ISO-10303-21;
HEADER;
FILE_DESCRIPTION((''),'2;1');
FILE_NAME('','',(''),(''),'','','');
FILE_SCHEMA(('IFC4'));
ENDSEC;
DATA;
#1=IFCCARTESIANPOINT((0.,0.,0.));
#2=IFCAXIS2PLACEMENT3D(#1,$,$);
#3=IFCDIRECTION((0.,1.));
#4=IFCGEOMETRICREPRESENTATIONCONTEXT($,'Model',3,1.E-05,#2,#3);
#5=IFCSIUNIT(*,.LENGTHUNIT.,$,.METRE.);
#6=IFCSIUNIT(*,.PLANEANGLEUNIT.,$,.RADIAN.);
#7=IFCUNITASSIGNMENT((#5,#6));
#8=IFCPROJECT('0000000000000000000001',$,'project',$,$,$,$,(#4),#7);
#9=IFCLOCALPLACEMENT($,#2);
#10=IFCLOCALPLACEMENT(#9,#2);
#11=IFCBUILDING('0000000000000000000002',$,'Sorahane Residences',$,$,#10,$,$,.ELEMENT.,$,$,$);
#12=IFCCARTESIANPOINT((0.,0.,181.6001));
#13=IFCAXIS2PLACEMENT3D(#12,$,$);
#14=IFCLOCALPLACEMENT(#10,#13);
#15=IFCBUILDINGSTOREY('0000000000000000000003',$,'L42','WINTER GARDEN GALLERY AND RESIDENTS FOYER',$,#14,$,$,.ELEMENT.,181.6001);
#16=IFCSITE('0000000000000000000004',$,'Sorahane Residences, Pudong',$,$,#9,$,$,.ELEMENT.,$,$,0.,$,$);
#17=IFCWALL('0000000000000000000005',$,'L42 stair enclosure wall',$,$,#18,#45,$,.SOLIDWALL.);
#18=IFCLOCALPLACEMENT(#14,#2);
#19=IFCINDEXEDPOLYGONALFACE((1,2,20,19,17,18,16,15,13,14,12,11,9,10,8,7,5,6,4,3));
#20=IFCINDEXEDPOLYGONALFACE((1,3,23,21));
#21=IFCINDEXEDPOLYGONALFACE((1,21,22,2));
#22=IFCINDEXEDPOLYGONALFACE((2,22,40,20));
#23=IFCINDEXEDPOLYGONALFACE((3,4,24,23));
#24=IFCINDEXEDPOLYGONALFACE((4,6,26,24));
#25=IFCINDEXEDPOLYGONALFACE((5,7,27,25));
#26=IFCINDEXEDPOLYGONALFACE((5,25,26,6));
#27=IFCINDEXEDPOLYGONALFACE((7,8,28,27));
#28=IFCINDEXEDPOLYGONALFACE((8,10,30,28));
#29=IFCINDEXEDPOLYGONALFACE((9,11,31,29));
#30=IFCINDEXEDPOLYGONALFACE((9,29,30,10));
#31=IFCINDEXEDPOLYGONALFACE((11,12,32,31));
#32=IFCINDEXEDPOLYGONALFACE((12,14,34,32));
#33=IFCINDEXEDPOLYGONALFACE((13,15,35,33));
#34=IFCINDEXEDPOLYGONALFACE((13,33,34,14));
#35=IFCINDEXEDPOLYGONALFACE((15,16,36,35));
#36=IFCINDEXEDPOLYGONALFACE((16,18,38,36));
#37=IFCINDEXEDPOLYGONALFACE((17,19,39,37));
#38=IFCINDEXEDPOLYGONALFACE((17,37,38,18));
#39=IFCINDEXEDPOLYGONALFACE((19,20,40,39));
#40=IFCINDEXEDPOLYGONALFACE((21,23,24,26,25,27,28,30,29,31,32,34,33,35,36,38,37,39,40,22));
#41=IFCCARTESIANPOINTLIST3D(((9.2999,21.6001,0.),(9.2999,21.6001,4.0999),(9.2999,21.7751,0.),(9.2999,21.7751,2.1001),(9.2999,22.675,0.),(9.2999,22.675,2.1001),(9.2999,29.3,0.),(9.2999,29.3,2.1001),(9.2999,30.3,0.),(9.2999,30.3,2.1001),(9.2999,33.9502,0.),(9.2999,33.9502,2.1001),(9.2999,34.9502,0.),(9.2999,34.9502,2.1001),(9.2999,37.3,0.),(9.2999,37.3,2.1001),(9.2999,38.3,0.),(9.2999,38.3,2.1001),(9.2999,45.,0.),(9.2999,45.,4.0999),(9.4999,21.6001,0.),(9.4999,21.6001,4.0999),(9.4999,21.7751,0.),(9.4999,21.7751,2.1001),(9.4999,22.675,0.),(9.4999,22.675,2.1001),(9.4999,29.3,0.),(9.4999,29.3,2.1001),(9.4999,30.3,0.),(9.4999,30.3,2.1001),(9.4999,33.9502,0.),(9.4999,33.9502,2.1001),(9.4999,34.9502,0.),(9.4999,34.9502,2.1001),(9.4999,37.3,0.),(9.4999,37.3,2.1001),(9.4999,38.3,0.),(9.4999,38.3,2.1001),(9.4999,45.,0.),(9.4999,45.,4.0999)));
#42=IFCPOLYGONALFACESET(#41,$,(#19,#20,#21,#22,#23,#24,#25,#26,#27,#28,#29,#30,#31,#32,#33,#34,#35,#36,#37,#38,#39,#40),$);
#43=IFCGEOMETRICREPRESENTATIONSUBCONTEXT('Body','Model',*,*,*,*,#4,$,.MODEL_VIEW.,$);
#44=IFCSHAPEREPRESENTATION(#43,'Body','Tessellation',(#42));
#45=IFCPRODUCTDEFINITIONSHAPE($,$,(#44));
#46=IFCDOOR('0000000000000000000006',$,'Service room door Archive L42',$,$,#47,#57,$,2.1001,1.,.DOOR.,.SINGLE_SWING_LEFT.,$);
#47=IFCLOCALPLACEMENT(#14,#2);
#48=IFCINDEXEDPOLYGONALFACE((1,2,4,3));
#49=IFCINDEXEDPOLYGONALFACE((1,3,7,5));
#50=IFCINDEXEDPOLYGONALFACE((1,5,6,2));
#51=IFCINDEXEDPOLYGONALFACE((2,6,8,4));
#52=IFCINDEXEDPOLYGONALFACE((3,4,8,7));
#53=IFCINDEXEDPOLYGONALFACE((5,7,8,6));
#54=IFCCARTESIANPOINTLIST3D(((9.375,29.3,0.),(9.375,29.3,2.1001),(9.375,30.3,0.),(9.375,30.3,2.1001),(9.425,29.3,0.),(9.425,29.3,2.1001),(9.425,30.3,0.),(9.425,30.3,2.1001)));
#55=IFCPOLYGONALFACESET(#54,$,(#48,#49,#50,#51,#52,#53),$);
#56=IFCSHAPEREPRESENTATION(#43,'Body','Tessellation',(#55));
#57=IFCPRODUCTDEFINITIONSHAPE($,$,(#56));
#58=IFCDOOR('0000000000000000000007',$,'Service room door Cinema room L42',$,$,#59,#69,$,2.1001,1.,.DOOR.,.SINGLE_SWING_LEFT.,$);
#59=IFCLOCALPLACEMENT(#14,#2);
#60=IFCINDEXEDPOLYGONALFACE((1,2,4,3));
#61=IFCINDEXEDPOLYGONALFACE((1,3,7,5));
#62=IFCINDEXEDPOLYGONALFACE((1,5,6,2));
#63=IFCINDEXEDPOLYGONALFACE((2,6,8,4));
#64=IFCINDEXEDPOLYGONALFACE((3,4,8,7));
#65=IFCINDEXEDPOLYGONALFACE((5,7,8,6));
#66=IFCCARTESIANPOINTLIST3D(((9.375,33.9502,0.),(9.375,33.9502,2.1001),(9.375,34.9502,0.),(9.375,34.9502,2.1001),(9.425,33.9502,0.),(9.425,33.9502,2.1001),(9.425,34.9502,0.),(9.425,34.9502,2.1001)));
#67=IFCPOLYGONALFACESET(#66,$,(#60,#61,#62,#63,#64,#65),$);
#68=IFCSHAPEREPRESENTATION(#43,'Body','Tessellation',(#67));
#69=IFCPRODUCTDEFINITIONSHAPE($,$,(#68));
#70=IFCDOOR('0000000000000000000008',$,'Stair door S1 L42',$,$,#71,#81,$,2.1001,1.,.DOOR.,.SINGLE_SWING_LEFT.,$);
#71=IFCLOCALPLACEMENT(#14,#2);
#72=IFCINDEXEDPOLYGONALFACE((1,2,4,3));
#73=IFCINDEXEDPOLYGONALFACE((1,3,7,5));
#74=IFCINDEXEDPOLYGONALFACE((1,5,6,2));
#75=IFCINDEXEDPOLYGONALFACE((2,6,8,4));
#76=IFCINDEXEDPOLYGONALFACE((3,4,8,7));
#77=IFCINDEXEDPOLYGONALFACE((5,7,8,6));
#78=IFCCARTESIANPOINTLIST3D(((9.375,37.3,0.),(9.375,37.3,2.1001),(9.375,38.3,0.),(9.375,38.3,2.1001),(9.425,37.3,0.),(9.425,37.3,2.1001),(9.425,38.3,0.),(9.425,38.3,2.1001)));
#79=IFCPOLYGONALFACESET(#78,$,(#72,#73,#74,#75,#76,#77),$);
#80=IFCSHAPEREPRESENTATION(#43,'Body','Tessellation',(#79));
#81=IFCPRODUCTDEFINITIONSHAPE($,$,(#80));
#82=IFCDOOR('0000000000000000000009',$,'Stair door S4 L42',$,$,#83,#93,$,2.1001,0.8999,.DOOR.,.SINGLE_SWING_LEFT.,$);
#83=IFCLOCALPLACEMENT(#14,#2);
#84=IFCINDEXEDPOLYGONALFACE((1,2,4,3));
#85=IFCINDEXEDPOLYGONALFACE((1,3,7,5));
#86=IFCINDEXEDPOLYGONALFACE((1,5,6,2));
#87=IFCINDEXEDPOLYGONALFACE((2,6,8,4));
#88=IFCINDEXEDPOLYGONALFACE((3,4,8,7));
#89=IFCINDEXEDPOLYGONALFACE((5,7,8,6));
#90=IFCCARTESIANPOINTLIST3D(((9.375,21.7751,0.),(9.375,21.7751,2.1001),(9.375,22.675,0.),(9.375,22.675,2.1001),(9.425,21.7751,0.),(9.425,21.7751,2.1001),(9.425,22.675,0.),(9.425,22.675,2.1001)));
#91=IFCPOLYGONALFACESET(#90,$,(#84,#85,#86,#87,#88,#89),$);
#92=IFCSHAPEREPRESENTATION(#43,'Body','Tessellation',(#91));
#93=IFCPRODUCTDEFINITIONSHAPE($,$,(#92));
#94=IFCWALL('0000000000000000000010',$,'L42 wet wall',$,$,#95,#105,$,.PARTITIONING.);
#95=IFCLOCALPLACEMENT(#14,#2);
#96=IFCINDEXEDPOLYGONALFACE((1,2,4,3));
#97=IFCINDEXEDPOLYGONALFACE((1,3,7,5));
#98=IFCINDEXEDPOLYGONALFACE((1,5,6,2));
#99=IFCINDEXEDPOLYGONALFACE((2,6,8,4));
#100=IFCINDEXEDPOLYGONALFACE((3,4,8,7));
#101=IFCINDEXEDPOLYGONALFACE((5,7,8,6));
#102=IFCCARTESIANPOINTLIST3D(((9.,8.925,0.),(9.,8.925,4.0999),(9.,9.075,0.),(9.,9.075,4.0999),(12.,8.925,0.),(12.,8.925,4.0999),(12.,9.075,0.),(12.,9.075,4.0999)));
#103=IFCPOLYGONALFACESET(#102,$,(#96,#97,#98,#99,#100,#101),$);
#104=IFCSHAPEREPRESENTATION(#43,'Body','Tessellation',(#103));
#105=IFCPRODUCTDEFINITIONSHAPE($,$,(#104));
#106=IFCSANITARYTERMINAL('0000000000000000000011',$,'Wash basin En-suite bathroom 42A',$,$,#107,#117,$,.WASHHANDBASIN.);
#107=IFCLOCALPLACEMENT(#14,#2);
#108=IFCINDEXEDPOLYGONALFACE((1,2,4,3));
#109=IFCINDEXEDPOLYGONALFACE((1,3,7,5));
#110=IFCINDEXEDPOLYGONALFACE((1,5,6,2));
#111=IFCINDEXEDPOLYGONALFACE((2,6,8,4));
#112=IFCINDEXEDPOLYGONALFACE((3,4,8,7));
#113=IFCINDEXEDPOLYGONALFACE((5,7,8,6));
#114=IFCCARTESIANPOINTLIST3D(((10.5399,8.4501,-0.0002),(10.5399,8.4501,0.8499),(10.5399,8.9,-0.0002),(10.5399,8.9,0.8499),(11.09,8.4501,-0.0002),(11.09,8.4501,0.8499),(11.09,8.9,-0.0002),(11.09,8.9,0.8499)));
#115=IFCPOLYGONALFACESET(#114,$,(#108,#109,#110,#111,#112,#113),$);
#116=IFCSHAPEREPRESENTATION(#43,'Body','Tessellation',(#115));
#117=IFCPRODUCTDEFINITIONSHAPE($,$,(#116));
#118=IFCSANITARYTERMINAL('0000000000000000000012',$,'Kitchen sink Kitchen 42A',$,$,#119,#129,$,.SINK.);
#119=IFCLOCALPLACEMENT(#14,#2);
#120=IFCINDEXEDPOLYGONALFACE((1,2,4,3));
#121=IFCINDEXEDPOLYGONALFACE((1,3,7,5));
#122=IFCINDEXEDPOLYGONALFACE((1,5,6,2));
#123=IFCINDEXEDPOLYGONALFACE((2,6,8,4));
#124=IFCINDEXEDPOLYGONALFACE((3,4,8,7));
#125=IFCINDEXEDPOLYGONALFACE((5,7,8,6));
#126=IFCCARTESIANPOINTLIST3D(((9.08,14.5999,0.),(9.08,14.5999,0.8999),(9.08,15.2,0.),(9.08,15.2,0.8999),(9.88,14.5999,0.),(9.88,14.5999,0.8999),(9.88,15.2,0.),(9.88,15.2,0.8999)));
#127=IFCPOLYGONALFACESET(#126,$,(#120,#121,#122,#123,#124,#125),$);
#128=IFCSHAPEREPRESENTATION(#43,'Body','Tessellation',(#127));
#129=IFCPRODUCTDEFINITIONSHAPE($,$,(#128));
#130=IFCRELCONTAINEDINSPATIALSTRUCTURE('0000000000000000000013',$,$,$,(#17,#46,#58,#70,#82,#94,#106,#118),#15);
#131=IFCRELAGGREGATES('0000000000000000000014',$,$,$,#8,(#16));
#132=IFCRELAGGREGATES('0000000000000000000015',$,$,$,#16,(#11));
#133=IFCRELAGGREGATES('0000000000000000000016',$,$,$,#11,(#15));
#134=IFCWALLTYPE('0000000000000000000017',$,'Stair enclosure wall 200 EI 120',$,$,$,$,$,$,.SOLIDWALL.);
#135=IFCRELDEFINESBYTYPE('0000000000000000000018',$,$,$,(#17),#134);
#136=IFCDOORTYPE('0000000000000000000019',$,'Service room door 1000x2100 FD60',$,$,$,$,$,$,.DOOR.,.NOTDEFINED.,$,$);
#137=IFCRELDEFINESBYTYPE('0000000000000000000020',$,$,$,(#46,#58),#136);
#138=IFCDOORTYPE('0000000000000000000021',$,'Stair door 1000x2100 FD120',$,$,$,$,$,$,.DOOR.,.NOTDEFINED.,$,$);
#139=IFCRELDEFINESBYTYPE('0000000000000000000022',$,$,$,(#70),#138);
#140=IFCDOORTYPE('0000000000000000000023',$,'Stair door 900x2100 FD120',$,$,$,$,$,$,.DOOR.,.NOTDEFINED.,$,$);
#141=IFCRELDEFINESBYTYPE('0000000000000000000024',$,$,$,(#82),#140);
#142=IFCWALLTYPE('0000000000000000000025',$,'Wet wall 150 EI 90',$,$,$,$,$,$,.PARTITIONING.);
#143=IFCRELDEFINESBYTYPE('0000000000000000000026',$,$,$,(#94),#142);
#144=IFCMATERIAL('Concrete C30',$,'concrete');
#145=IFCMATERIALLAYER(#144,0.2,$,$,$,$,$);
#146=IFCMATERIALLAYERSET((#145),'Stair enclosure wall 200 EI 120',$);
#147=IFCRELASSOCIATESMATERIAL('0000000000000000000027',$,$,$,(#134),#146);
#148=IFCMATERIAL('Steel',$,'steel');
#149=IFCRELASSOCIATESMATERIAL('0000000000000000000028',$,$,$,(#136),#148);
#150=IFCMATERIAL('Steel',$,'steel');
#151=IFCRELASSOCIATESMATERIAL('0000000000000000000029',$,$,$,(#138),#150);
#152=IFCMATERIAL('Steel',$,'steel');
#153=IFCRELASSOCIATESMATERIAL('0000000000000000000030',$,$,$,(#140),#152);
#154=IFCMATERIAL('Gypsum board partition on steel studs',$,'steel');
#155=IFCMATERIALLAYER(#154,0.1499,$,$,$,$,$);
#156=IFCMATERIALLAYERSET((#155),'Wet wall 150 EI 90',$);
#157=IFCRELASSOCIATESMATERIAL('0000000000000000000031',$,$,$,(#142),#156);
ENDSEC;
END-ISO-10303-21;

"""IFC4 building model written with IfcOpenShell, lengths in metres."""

from ifc_helpers import new_model, si_unit, direction, frame, frame_2d, origin, origin_2d, place, context, subcontext, project, spatial, rectangle, extrude, material, layer, layer_set, type_object, element, fill, save


model = new_model("IFC4")

# Units and contexts
model_context = context("Model", 3, precision=1e-05, world=origin(), true_north=direction((0.0, 1.0)))
body_context = subcontext(model_context, "Body", "Model", "MODEL_VIEW")
ifc_project = project(units=[si_unit("LENGTHUNIT", "METRE"), si_unit("PLANEANGLEUNIT", "RADIAN")], contexts=[model_context])

# Site, building, storey
site_placement = place(None, origin())
site = spatial("IfcSite", under=ifc_project, at=site_placement, Name="Sorahane Residences, Pudong", CompositionType="ELEMENT", RefElevation=0.0)
building_placement = place(site_placement, origin())
building = spatial("IfcBuilding", under=site, at=building_placement, Name="Sorahane Residences", CompositionType="ELEMENT")
storey_placement = place(building_placement, frame((0.0, 0.0, 181.6001)))
storey = spatial("IfcBuildingStorey", under=building, at=storey_placement, Name="L42", Description="WINTER GARDEN GALLERY AND RESIDENTS FOYER", CompositionType="ELEMENT", Elevation=181.6001)

# Wall, openings, doors
ifc_material_1 = material(Name="Concrete C30", Category="concrete")
ifc_layer_1 = layer(ifc_material_1, 0.2)
ifc_layer_set_1 = layer_set([ifc_layer_1], Name="Stair enclosure wall 200 EI 120")
wall_type_1 = type_object("IfcWallType", Name="Stair enclosure wall 200 EI 120", PredefinedType="SOLIDWALL", material=ifc_layer_set_1)
wall_1_placement = place(storey_placement, frame((9.3999, 21.6001, 0.0), z_axis=(0.0, 0.0, 1.0), x_axis=(0.0, 1.0, 0.0)))
wall_1 = element("IfcWall", 1, at=wall_1_placement, inside=storey, type_object=wall_type_1, Name="L42 stair enclosure wall", PredefinedType="SOLIDWALL", context=body_context, shape_type="SweptSolid", body=[
    extrude(rectangle(XDim=23.3999, YDim=0.2, at=frame_2d((11.7, 0.0))), origin(), (0.0, 0.0, 1.0), 4.0999),
])
opening_1_placement = place(wall_1_placement, frame((7.7, 0.0, 0.0)))
opening_1 = element("IfcOpeningElement", 2, at=opening_1_placement, cuts=wall_1, PredefinedType="OPENING", context=body_context, shape_type="SweptSolid", body=[
    extrude(rectangle(XDim=1.0, YDim=2.1001, at=frame_2d((0.5, 1.05))), frame((0.0, 0.1099, 0.0), z_axis=(0.0, -1.0, 0.0), x_axis=(1.0, 0.0, 0.0)), (0.0, 0.0, 1.0), 0.22),
])
opening_2_placement = place(wall_1_placement, frame((12.3501, 0.0, 0.0)))
opening_2 = element("IfcOpeningElement", 3, at=opening_2_placement, cuts=wall_1, PredefinedType="OPENING", context=body_context, shape_type="SweptSolid", body=[
    extrude(rectangle(XDim=1.0, YDim=2.1001, at=frame_2d((0.5, 1.05))), frame((0.0, 0.1099, 0.0), z_axis=(0.0, -1.0, 0.0), x_axis=(1.0, 0.0, 0.0)), (0.0, 0.0, 1.0), 0.22),
])
opening_3_placement = place(wall_1_placement, frame((15.7, 0.0, 0.0)))
opening_3 = element("IfcOpeningElement", 4, at=opening_3_placement, cuts=wall_1, PredefinedType="OPENING", context=body_context, shape_type="SweptSolid", body=[
    extrude(rectangle(XDim=1.0, YDim=2.1001, at=frame_2d((0.5, 1.05))), frame((0.0, 0.1099, 0.0), z_axis=(0.0, -1.0, 0.0), x_axis=(1.0, 0.0, 0.0)), (0.0, 0.0, 1.0), 0.22),
])
opening_4_placement = place(wall_1_placement, frame((0.175, 0.0, 0.0)))
opening_4 = element("IfcOpeningElement", 5, at=opening_4_placement, cuts=wall_1, PredefinedType="OPENING", context=body_context, shape_type="SweptSolid", body=[
    extrude(rectangle(XDim=0.8999, YDim=2.1001, at=frame_2d((0.45, 1.05))), frame((0.0, 0.1099, 0.0), z_axis=(0.0, -1.0, 0.0), x_axis=(1.0, 0.0, 0.0)), (0.0, 0.0, 1.0), 0.22),
])
ifc_material_2 = material(Name="Steel", Category="steel")
door_type_1 = type_object("IfcDoorType", Name="Service room door 1000x2100 FD60", OperationType="NOTDEFINED", PredefinedType="DOOR", material=ifc_material_2)
door_1_placement = place(opening_1_placement, origin())
door_1 = element("IfcDoor", 6, at=door_1_placement, inside=storey, type_object=door_type_1, Name="Service room door Archive L42", OperationType="SINGLE_SWING_LEFT", OverallHeight=2.1001, OverallWidth=1.0, PredefinedType="DOOR", context=body_context, shape_type="SweptSolid", body=[
    extrude(rectangle(XDim=1.0, YDim=2.1001, at=frame_2d((0.5, 1.05))), frame((0.0, 0.0249, 0.0), z_axis=(0.0, -1.0, 0.0), x_axis=(1.0, 0.0, 0.0)), (0.0, 0.0, 1.0), 0.05),
])
fill(opening_1, door_1)
door_2_placement = place(opening_2_placement, origin())
door_2 = element("IfcDoor", 7, at=door_2_placement, inside=storey, type_object=door_type_1, Name="Service room door Cinema room L42", OperationType="SINGLE_SWING_LEFT", OverallHeight=2.1001, OverallWidth=1.0, PredefinedType="DOOR", context=body_context, shape_type="SweptSolid", body=[
    extrude(rectangle(XDim=1.0, YDim=2.1001, at=frame_2d((0.5, 1.05))), frame((0.0, 0.0249, 0.0), z_axis=(0.0, -1.0, 0.0), x_axis=(1.0, 0.0, 0.0)), (0.0, 0.0, 1.0), 0.05),
])
fill(opening_2, door_2)
ifc_material_3 = material(Name="Steel", Category="steel")
door_type_2 = type_object("IfcDoorType", Name="Stair door 1000x2100 FD120", OperationType="NOTDEFINED", PredefinedType="DOOR", material=ifc_material_3)
door_3_placement = place(opening_3_placement, origin())
door_3 = element("IfcDoor", 8, at=door_3_placement, inside=storey, type_object=door_type_2, Name="Stair door S1 L42", OperationType="SINGLE_SWING_LEFT", OverallHeight=2.1001, OverallWidth=1.0, PredefinedType="DOOR", context=body_context, shape_type="SweptSolid", body=[
    extrude(rectangle(XDim=1.0, YDim=2.1001, at=frame_2d((0.5, 1.05))), frame((0.0, 0.0249, 0.0), z_axis=(0.0, -1.0, 0.0), x_axis=(1.0, 0.0, 0.0)), (0.0, 0.0, 1.0), 0.05),
])
fill(opening_3, door_3)
ifc_material_4 = material(Name="Steel", Category="steel")
door_type_3 = type_object("IfcDoorType", Name="Stair door 900x2100 FD120", OperationType="NOTDEFINED", PredefinedType="DOOR", material=ifc_material_4)
door_4_placement = place(opening_4_placement, origin())
door_4 = element("IfcDoor", 9, at=door_4_placement, inside=storey, type_object=door_type_3, Name="Stair door S4 L42", OperationType="SINGLE_SWING_LEFT", OverallHeight=2.1001, OverallWidth=0.8999, PredefinedType="DOOR", context=body_context, shape_type="SweptSolid", body=[
    extrude(rectangle(XDim=0.8999, YDim=2.1001, at=frame_2d((0.45, 1.05))), frame((0.0, 0.0249, 0.0), z_axis=(0.0, -1.0, 0.0), x_axis=(1.0, 0.0, 0.0)), (0.0, 0.0, 1.0), 0.05),
])
fill(opening_4, door_4)

# Wall
ifc_material_5 = material(Name="Gypsum board partition on steel studs", Category="steel")
ifc_layer_2 = layer(ifc_material_5, 0.1499)
ifc_layer_set_2 = layer_set([ifc_layer_2], Name="Wet wall 150 EI 90")
wall_type_2 = type_object("IfcWallType", Name="Wet wall 150 EI 90", PredefinedType="PARTITIONING", material=ifc_layer_set_2)
wall_2_placement = place(storey_placement, frame((9.0, 9.0, 0.0), z_axis=(0.0, 0.0, 1.0), x_axis=(1.0, 0.0, 0.0)))
element("IfcWall", 10, at=wall_2_placement, inside=storey, type_object=wall_type_2, Name="L42 wet wall", PredefinedType="PARTITIONING", context=body_context, shape_type="SweptSolid", body=[
    extrude(rectangle(XDim=3.0, YDim=0.1499, at=frame_2d((1.5, 0.0))), origin(), (0.0, 0.0, 1.0), 4.0999),
])

# Sanitary terminals
sanitary_terminal_1_placement = place(storey_placement, frame((10.8149, 8.675, -0.0002), z_axis=(0.0, 0.0, 1.0), x_axis=(1.0, 0.0, 0.0)))
element("IfcSanitaryTerminal", 11, at=sanitary_terminal_1_placement, inside=storey, Name="Wash basin En-suite bathroom 42A", PredefinedType="WASHHANDBASIN", context=body_context, shape_type="SweptSolid", body=[
    extrude(rectangle(XDim=0.55, YDim=0.45, at=origin_2d()), origin(), (0.0, 0.0, 1.0), 0.8501),
])
sanitary_terminal_2_placement = place(storey_placement, frame((9.48, 14.8999, 0.0), z_axis=(0.0, 0.0, 1.0), x_axis=(1.0, 0.0, 0.0)))
element("IfcSanitaryTerminal", 12, at=sanitary_terminal_2_placement, inside=storey, Name="Kitchen sink Kitchen 42A", PredefinedType="SINK", context=body_context, shape_type="SweptSolid", body=[
    extrude(rectangle(XDim=0.8, YDim=0.6001, at=origin_2d()), origin(), (0.0, 0.0, 1.0), 0.8999),
])

save(model, "model.ifc")
